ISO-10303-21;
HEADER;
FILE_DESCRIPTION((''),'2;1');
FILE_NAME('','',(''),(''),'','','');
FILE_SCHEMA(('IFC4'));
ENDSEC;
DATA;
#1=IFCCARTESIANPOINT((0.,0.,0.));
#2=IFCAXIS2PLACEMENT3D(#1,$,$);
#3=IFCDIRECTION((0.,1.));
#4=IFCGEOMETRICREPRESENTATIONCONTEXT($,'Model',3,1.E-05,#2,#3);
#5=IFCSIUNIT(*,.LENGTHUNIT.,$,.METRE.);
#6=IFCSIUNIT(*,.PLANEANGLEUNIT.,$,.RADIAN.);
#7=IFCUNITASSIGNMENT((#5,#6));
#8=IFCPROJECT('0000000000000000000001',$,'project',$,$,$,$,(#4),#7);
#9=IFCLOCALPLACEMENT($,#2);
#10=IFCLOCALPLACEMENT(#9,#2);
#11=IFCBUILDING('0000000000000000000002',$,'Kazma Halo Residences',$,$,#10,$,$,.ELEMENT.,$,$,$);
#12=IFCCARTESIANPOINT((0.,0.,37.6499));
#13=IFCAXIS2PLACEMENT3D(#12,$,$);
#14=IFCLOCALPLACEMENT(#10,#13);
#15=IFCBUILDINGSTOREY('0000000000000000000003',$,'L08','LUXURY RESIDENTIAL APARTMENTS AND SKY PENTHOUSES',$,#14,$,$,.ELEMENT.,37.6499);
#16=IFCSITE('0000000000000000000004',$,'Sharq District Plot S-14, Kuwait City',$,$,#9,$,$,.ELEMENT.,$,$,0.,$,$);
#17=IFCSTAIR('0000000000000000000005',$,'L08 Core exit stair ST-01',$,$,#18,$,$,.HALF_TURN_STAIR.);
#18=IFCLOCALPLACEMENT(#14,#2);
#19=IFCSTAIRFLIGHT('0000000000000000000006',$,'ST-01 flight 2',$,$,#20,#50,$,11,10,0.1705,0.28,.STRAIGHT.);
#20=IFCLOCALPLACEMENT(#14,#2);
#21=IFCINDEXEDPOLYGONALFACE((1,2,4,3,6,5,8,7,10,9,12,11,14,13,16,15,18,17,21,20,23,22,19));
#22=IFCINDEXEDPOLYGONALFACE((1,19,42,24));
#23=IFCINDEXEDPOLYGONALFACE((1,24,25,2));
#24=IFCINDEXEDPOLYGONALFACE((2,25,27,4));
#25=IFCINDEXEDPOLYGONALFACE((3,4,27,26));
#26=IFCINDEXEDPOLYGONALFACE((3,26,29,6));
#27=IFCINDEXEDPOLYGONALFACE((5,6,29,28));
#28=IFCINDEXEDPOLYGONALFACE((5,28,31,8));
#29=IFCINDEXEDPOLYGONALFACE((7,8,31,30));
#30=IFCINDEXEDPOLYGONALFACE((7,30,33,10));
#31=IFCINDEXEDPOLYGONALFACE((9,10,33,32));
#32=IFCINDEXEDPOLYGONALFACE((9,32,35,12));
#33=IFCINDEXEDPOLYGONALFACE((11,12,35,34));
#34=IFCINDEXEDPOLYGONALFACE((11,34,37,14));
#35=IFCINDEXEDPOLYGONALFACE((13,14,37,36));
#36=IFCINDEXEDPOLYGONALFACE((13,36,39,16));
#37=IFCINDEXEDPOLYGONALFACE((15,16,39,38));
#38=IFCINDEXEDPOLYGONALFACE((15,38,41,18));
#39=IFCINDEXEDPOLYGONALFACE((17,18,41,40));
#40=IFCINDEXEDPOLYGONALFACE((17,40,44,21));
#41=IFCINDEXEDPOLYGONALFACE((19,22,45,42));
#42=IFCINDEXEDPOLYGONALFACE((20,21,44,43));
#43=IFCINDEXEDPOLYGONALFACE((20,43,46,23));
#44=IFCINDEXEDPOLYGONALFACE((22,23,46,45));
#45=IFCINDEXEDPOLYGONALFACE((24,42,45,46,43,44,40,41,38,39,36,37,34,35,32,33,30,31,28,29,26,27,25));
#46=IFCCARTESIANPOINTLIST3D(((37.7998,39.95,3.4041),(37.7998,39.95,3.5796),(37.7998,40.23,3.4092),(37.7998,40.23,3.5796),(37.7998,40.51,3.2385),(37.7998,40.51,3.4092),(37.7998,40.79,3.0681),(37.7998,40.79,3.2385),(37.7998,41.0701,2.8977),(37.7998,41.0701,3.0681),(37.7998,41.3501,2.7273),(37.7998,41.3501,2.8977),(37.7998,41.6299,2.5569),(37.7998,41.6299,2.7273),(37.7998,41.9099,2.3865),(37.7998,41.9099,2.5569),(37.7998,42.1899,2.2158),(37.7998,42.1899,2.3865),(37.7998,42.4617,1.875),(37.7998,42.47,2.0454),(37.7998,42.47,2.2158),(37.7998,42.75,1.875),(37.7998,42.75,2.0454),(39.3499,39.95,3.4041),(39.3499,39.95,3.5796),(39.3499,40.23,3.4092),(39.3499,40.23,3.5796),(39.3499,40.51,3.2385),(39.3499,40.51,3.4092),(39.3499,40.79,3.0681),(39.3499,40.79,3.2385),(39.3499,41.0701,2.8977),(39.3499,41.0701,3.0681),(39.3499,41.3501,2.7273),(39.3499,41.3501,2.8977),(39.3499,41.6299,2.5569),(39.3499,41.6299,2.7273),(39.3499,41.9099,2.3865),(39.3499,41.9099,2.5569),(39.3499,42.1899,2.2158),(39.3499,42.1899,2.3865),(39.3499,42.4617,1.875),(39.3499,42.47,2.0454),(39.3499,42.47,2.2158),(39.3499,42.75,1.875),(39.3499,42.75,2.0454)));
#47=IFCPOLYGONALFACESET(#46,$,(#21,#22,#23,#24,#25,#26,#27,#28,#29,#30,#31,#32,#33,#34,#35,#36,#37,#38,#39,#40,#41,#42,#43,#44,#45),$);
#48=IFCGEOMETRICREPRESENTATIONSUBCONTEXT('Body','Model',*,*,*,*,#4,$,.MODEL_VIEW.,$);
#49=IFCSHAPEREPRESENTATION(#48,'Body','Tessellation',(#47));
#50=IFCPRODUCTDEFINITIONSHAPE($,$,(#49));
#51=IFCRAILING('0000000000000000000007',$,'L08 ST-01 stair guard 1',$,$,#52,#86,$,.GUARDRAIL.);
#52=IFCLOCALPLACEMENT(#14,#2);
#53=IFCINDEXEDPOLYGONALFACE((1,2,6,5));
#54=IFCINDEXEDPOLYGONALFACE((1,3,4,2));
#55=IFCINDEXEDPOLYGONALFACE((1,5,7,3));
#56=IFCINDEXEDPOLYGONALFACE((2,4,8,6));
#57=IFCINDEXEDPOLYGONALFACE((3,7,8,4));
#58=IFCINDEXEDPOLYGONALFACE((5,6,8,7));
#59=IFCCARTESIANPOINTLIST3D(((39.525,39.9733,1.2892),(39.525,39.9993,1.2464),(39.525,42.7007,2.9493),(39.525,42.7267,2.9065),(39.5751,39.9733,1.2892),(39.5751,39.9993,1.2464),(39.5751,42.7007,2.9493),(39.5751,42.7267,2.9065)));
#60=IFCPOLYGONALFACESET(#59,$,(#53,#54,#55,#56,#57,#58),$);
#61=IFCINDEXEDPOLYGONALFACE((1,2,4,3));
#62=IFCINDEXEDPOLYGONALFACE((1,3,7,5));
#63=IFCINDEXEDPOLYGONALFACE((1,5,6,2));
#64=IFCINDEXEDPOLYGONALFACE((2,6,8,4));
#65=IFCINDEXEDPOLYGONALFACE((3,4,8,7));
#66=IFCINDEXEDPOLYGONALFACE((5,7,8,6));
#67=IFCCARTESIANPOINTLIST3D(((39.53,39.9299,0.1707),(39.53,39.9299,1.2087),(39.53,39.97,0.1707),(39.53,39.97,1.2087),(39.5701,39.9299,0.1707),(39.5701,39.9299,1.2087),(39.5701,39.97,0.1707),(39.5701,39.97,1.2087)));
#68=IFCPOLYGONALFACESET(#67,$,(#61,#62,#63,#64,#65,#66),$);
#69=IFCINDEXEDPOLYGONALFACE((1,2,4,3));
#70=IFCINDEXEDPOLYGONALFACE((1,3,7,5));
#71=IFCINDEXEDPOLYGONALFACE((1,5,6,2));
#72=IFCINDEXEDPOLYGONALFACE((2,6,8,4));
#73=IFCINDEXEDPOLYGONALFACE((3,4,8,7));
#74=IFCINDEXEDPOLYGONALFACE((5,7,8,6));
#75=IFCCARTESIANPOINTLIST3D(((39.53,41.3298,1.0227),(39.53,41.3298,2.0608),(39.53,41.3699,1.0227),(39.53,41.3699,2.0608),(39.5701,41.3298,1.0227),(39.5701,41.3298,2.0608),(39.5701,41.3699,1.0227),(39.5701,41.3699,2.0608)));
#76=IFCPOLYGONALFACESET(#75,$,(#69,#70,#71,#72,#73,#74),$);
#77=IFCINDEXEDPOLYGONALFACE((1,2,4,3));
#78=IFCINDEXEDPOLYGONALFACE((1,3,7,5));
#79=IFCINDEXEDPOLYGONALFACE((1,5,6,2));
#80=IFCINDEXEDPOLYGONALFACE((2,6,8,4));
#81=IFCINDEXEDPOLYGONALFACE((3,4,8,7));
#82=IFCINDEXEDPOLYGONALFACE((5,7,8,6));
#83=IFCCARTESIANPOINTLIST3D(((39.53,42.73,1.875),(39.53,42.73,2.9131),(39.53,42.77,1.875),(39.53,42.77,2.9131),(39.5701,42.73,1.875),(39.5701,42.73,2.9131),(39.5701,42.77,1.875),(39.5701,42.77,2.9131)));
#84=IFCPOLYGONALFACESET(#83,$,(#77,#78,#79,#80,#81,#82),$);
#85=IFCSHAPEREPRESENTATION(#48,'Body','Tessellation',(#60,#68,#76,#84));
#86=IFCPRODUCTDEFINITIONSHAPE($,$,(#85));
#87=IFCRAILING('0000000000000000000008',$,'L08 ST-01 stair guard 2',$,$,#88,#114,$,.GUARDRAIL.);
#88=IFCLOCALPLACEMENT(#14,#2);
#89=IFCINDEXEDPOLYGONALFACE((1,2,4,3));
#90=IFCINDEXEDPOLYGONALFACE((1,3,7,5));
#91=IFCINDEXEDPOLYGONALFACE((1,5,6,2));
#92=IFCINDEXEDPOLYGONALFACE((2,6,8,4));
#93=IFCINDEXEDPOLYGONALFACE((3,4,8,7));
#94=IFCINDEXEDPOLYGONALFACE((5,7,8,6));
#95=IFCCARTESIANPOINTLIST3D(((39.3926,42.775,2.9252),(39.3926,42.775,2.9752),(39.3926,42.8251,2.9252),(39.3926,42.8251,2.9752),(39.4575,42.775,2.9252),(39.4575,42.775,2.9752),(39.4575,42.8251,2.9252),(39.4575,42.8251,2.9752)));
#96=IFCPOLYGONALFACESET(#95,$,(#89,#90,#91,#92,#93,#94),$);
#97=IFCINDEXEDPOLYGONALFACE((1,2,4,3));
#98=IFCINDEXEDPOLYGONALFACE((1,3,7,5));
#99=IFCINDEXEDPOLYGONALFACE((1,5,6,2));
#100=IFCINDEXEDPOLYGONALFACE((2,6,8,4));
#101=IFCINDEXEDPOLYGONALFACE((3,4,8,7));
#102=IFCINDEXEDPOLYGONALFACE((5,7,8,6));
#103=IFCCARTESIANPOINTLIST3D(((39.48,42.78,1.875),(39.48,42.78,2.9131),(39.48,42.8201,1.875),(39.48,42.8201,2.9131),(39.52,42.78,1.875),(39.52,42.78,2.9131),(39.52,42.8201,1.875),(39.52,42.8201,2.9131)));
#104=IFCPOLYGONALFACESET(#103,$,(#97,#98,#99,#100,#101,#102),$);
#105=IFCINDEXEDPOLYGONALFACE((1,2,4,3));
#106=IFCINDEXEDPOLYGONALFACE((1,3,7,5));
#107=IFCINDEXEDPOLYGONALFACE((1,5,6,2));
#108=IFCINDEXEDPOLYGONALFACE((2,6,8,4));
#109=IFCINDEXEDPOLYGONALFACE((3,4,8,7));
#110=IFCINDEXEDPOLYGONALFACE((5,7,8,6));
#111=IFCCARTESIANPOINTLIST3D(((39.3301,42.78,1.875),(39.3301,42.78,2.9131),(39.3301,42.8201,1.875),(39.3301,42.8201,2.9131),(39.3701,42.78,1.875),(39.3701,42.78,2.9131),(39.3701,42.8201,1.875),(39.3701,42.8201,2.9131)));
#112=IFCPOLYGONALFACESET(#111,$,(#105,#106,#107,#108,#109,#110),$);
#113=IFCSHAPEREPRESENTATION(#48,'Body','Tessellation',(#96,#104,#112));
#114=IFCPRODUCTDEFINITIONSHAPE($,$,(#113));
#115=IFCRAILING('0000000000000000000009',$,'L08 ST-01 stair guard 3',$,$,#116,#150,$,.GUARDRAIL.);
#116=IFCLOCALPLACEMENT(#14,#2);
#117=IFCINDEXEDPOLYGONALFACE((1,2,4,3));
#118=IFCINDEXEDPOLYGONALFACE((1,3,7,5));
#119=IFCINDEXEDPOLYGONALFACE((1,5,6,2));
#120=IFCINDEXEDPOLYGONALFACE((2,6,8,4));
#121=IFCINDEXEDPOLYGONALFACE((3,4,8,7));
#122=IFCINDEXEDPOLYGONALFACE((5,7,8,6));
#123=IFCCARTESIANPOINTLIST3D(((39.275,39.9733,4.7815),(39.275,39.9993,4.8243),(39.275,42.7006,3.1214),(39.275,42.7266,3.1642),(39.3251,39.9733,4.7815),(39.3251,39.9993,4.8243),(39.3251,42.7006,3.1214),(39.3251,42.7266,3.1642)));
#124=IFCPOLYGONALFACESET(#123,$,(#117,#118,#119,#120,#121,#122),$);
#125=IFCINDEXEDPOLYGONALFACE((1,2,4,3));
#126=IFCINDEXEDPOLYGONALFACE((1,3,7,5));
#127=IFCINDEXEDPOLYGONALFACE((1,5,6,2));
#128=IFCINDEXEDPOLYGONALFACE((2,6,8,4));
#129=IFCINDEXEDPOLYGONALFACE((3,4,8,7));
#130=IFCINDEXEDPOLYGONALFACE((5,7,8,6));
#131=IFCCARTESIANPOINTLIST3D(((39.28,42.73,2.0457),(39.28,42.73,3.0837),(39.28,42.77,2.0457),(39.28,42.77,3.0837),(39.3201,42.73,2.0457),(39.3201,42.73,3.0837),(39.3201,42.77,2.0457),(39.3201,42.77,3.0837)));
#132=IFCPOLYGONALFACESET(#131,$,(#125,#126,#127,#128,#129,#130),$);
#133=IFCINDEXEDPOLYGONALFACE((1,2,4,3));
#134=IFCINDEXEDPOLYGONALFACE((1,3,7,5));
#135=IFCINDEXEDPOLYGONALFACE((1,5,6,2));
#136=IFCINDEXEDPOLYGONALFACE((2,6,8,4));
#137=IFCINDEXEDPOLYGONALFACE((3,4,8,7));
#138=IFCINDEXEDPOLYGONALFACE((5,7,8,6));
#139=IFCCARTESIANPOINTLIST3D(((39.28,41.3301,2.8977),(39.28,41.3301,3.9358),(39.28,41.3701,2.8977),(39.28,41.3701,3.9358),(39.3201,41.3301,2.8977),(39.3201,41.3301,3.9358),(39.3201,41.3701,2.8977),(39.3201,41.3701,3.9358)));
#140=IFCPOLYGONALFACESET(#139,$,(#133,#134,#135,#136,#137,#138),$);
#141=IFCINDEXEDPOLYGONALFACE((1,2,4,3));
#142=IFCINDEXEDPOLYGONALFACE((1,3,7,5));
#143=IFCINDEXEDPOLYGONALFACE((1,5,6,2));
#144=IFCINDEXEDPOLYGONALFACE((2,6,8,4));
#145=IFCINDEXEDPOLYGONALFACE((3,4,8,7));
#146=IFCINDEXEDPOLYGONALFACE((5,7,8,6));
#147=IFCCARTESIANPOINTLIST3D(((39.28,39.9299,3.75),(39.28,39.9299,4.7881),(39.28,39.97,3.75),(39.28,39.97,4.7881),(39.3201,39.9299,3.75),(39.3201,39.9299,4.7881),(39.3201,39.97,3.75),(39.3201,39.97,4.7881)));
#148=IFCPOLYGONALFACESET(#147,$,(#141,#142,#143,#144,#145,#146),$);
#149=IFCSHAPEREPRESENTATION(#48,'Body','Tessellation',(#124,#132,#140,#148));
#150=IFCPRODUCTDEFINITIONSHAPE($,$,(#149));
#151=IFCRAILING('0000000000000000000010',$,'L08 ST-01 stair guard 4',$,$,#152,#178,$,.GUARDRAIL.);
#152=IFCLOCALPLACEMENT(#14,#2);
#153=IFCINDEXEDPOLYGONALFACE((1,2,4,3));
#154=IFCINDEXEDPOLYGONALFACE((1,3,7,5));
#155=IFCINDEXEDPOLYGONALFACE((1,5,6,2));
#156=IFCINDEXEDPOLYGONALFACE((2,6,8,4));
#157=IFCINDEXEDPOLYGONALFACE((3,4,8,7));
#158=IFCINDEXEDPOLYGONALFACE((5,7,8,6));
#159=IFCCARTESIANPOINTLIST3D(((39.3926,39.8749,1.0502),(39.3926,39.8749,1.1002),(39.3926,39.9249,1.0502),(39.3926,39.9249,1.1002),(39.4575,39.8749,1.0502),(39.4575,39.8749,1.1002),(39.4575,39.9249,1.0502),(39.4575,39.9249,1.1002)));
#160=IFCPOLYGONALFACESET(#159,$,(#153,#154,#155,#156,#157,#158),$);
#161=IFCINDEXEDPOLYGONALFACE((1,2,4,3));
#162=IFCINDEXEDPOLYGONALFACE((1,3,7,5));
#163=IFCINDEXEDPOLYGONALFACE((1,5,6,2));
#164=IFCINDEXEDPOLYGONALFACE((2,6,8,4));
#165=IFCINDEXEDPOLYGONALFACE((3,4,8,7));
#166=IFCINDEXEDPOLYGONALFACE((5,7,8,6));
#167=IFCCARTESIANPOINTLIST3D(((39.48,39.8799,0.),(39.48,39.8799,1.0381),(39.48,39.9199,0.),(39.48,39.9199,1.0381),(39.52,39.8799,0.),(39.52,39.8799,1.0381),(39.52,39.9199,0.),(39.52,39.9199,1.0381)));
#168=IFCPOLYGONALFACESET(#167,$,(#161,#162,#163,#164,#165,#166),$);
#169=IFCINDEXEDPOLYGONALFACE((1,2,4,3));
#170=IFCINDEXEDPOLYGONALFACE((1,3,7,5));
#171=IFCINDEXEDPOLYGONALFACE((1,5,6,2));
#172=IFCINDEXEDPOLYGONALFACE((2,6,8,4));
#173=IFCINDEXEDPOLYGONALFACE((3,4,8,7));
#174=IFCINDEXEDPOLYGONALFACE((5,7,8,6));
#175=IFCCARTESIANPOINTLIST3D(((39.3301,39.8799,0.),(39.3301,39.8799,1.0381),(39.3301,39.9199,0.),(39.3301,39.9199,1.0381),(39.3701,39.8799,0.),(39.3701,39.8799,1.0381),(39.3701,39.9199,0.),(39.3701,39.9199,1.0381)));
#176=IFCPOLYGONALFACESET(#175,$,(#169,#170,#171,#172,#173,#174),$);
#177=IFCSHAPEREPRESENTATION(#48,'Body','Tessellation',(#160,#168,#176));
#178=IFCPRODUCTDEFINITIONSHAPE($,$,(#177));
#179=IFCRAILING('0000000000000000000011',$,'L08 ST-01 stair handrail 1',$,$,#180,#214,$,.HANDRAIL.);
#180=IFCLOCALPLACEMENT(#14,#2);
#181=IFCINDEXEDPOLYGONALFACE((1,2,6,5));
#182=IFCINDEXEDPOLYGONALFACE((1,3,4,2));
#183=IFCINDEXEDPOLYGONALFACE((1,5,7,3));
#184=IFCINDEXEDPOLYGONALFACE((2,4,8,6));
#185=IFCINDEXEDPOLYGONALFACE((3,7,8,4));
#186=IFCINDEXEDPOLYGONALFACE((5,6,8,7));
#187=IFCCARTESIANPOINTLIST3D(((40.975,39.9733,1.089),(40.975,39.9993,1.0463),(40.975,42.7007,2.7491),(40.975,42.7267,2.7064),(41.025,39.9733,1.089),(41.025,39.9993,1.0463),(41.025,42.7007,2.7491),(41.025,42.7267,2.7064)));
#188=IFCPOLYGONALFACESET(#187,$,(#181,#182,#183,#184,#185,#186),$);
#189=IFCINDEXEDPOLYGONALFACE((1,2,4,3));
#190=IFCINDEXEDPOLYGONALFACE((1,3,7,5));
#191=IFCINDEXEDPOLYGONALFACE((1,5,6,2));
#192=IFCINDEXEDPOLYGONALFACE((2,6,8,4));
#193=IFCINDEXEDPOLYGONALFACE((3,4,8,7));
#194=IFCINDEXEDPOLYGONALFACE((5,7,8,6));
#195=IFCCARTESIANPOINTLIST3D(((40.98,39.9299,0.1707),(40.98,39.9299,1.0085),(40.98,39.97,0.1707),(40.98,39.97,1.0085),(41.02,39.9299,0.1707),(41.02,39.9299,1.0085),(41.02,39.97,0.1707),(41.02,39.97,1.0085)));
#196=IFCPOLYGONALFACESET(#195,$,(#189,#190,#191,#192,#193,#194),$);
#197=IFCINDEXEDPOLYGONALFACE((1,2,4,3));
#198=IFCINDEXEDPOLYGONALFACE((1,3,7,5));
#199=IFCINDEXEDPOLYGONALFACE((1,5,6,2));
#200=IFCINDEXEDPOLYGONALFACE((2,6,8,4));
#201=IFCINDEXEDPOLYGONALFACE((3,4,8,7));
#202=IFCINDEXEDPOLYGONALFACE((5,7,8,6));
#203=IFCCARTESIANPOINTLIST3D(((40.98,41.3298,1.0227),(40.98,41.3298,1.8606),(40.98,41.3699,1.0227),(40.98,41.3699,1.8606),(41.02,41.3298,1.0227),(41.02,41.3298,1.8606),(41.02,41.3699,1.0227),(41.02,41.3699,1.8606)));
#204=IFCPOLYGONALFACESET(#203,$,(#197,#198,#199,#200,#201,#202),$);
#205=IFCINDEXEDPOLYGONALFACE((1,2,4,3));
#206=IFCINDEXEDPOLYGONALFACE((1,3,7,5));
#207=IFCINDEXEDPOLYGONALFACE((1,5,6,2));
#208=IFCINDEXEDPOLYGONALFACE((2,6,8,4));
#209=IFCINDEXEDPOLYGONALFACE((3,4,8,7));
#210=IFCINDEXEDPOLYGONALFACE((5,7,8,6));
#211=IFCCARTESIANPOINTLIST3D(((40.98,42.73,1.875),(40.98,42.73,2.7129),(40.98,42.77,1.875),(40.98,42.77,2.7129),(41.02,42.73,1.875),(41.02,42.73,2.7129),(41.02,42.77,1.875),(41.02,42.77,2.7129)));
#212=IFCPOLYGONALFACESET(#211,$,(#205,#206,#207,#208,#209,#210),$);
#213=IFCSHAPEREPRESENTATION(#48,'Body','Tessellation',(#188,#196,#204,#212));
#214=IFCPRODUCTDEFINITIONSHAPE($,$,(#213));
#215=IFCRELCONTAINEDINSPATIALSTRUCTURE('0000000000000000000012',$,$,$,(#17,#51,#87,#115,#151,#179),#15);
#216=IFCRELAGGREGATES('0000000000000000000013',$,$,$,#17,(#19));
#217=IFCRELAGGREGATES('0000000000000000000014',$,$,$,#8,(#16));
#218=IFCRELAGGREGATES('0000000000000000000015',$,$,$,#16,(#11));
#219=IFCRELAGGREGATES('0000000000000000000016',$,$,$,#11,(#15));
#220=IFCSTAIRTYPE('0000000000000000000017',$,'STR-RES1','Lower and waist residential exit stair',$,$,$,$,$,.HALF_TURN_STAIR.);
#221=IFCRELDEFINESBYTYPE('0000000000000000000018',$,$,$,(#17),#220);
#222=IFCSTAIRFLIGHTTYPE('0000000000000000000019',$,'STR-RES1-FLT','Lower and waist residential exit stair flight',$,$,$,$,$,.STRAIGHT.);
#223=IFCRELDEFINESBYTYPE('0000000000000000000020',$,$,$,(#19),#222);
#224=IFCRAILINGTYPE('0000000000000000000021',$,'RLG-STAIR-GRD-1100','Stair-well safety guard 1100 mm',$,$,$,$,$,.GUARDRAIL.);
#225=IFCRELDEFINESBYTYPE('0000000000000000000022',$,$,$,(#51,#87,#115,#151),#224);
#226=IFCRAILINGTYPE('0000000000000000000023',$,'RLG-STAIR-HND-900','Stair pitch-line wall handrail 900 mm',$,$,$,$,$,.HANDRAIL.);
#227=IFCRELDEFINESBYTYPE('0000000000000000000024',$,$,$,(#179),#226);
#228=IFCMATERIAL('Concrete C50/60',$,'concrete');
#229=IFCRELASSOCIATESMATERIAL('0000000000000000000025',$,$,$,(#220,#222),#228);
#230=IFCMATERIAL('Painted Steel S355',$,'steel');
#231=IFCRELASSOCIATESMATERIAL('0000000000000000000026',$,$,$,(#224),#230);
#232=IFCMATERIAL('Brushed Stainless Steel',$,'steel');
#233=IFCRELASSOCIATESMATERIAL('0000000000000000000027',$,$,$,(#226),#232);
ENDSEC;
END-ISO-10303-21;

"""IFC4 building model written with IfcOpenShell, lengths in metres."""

from ifc_helpers import new_model, si_unit, direction, frame, origin, origin_2d, place, context, subcontext, project, spatial, polyline, rectangle, outline, extrude, material, type_object, element, aggregate, save


model = new_model("IFC4")

# Units and contexts
model_context = context("Model", 3, precision=1e-05, world=origin(), true_north=direction((0.0, 1.0)))
body_context = subcontext(model_context, "Body", "Model", "MODEL_VIEW")
ifc_project = project(units=[si_unit("LENGTHUNIT", "METRE"), si_unit("PLANEANGLEUNIT", "RADIAN")], contexts=[model_context])

# Site, building, storey
site_placement = place(None, origin())
site = spatial("IfcSite", under=ifc_project, at=site_placement, Name="Sharq District Plot S-14, Kuwait City", CompositionType="ELEMENT", RefElevation=0.0)
building_placement = place(site_placement, origin())
building = spatial("IfcBuilding", under=site, at=building_placement, Name="Kazma Halo Residences", CompositionType="ELEMENT")
storey_placement = place(building_placement, frame((0.0, 0.0, 37.6499)))
storey = spatial("IfcBuildingStorey", under=building, at=storey_placement, Name="L08", Description="LUXURY RESIDENTIAL APARTMENTS AND SKY PENTHOUSES", CompositionType="ELEMENT", Elevation=37.6499)

# Stair, stair flight
ifc_material_1 = material(Name="Concrete C50/60", Category="concrete")
stair_type = type_object("IfcStairType", Name="STR-RES1", Description="Lower and waist residential exit stair", PredefinedType="HALF_TURN_STAIR", material=ifc_material_1)
stair_placement = place(storey_placement, origin())
stair = element("IfcStair", 1, at=stair_placement, inside=storey, type_object=stair_type, Name="L08 Core exit stair ST-01", PredefinedType="HALF_TURN_STAIR")
stair_flight_type = type_object("IfcStairFlightType", Name="STR-RES1-FLT", Description="Lower and waist residential exit stair flight", PredefinedType="STRAIGHT", material=ifc_material_1)
stair_flight_1_placement = place(storey_placement, frame((38.575, 42.75, 1.875), z_axis=(0.0, 0.0, 1.0), x_axis=(0.0, -1.0, 0.0)))
stair_flight_1 = element("IfcStairFlight", 2, at=stair_flight_1_placement, type_object=stair_flight_type, Name="ST-01 flight 2", NumberOfRisers=11, NumberOfTreads=10, PredefinedType="STRAIGHT", RiserHeight=0.1705, TreadLength=0.28, context=body_context, shape_type="SweptSolid", body=[
    extrude(outline(polyline([(0.0, 0.0), (0.0, 0.1704), (0.28, 0.1704), (0.28, 0.3408), (0.5601, 0.3408), (0.5601, 0.5115), (0.8401, 0.5115), (0.8401, 0.6819), (1.1201, 0.6819), (1.1201, 0.8523), (1.3999, 0.8523), (1.3999, 1.0227), (1.6799, 1.0227), (1.6799, 1.1931), (1.96, 1.1931), (1.96, 1.3635), (2.24, 1.3635), (2.24, 1.5342), (2.52, 1.5342), (2.52, 1.7046), (2.8, 1.7046), (2.8, 1.875), (2.8, 1.5291), (0.2883, 0.0), (0.0, 0.0)])), frame((0.0, 0.7749, 0.0), z_axis=(0.0, -1.0, 0.0), x_axis=(1.0, 0.0, 0.0)), (0.0, 0.0, 1.0), 1.55),
])
aggregate(stair, [stair_flight_1])

# Railings
ifc_material_2 = material(Name="Painted Steel S355", Category="steel")
railing_type_1 = type_object("IfcRailingType", Name="RLG-STAIR-GRD-1100", Description="Stair-well safety guard 1100 mm", PredefinedType="GUARDRAIL", material=ifc_material_2)
railing_1_placement = place(storey_placement, frame((39.55, 39.95, 0.1707)))
element("IfcRailing", 3, at=railing_1_placement, inside=storey, type_object=railing_type_1, Name="L08 ST-01 stair guard 1", PredefinedType="GUARDRAIL", context=body_context, shape_type="SweptSolid", body=[
    extrude(rectangle(XDim=0.05, YDim=0.05, at=origin_2d()), frame((0.0, 0.0364, 1.0972), z_axis=(0.0, 0.854203, 0.51994), x_axis=(-1.0, 0.0, 0.0)), (0.0, 0.0, 1.0), 3.1929),
    extrude(rectangle(XDim=0.04, YDim=0.04, at=origin_2d()), origin(), (0.0, 0.0, 1.0), 1.0381),
    extrude(rectangle(XDim=0.04, YDim=0.04, at=origin_2d()), frame((0.0, 1.3999, 0.8521)), (0.0, 0.0, 1.0), 1.0381),
    extrude(rectangle(XDim=0.04, YDim=0.04, at=origin_2d()), frame((0.0, 2.8, 1.7043)), (0.0, 0.0, 1.0), 1.0381),
])
railing_2_placement = place(storey_placement, frame((39.5, 42.8, 1.875)))
element("IfcRailing", 4, at=railing_2_placement, inside=storey, type_object=railing_type_1, Name="L08 ST-01 stair guard 2", PredefinedType="GUARDRAIL", context=body_context, shape_type="SweptSolid", body=[
    extrude(rectangle(XDim=0.05, YDim=0.05, at=origin_2d()), frame((-0.0425, 0.0, 1.0752), z_axis=(-1.0, 0.0, 0.0), x_axis=(0.0, -1.0, 0.0)), (0.0, 0.0, 1.0), 0.0649),
    extrude(rectangle(XDim=0.04, YDim=0.04, at=origin_2d()), origin(), (0.0, 0.0, 1.0), 1.0381),
    extrude(rectangle(XDim=0.04, YDim=0.04, at=origin_2d()), frame((-0.1499, 0.0, 0.0)), (0.0, 0.0, 1.0), 1.0381),
])
railing_3_placement = place(storey_placement, frame((39.3, 42.75, 2.0457)))
element("IfcRailing", 5, at=railing_3_placement, inside=storey, type_object=railing_type_1, Name="L08 ST-01 stair guard 3", PredefinedType="GUARDRAIL", context=body_context, shape_type="SweptSolid", body=[
    extrude(rectangle(XDim=0.05, YDim=0.05, at=origin_2d()), frame((0.0, -0.0364, 1.0972), z_axis=(0.0, -0.854203, 0.51994), x_axis=(1.0, 0.0, 0.0)), (0.0, 0.0, 1.0), 3.1929),
    extrude(rectangle(XDim=0.04, YDim=0.04, at=origin_2d()), origin(), (0.0, 0.0, 1.0), 1.0381),
    extrude(rectangle(XDim=0.04, YDim=0.04, at=origin_2d()), frame((0.0, -1.3999, 0.8521)), (0.0, 0.0, 1.0), 1.0381),
    extrude(rectangle(XDim=0.04, YDim=0.04, at=origin_2d()), frame((0.0, -2.8, 1.7043)), (0.0, 0.0, 1.0), 1.0381),
])
railing_4_placement = place(storey_placement, frame((39.5, 39.8999, 0.0)))
element("IfcRailing", 6, at=railing_4_placement, inside=storey, type_object=railing_type_1, Name="L08 ST-01 stair guard 4", PredefinedType="GUARDRAIL", context=body_context, shape_type="SweptSolid", body=[
    extrude(rectangle(XDim=0.05, YDim=0.05, at=origin_2d()), frame((-0.0425, 0.0, 1.0752), z_axis=(-1.0, 0.0, 0.0), x_axis=(0.0, -1.0, 0.0)), (0.0, 0.0, 1.0), 0.0649),
    extrude(rectangle(XDim=0.04, YDim=0.04, at=origin_2d()), origin(), (0.0, 0.0, 1.0), 1.0381),
    extrude(rectangle(XDim=0.04, YDim=0.04, at=origin_2d()), frame((-0.1499, 0.0, 0.0)), (0.0, 0.0, 1.0), 1.0381),
])
ifc_material_3 = material(Name="Brushed Stainless Steel", Category="steel")
railing_type_2 = type_object("IfcRailingType", Name="RLG-STAIR-HND-900", Description="Stair pitch-line wall handrail 900 mm", PredefinedType="HANDRAIL", material=ifc_material_3)
railing_5_placement = place(storey_placement, frame((41.0, 39.95, 0.1707)))
element("IfcRailing", 7, at=railing_5_placement, inside=storey, type_object=railing_type_2, Name="L08 ST-01 stair handrail 1", PredefinedType="HANDRAIL", context=body_context, shape_type="SweptSolid", body=[
    extrude(rectangle(XDim=0.05, YDim=0.05, at=origin_2d()), frame((0.0, 0.0364, 0.897), z_axis=(0.0, 0.854203, 0.51994), x_axis=(-1.0, 0.0, 0.0)), (0.0, 0.0, 1.0), 3.1929),
    extrude(rectangle(XDim=0.04, YDim=0.04, at=origin_2d()), origin(), (0.0, 0.0, 1.0), 0.8379),
    extrude(rectangle(XDim=0.04, YDim=0.04, at=origin_2d()), frame((0.0, 1.3999, 0.8521)), (0.0, 0.0, 1.0), 0.8379),
    extrude(rectangle(XDim=0.04, YDim=0.04, at=origin_2d()), frame((0.0, 2.8, 1.7043)), (0.0, 0.0, 1.0), 0.8379),
])

save(model, "model.ifc")
